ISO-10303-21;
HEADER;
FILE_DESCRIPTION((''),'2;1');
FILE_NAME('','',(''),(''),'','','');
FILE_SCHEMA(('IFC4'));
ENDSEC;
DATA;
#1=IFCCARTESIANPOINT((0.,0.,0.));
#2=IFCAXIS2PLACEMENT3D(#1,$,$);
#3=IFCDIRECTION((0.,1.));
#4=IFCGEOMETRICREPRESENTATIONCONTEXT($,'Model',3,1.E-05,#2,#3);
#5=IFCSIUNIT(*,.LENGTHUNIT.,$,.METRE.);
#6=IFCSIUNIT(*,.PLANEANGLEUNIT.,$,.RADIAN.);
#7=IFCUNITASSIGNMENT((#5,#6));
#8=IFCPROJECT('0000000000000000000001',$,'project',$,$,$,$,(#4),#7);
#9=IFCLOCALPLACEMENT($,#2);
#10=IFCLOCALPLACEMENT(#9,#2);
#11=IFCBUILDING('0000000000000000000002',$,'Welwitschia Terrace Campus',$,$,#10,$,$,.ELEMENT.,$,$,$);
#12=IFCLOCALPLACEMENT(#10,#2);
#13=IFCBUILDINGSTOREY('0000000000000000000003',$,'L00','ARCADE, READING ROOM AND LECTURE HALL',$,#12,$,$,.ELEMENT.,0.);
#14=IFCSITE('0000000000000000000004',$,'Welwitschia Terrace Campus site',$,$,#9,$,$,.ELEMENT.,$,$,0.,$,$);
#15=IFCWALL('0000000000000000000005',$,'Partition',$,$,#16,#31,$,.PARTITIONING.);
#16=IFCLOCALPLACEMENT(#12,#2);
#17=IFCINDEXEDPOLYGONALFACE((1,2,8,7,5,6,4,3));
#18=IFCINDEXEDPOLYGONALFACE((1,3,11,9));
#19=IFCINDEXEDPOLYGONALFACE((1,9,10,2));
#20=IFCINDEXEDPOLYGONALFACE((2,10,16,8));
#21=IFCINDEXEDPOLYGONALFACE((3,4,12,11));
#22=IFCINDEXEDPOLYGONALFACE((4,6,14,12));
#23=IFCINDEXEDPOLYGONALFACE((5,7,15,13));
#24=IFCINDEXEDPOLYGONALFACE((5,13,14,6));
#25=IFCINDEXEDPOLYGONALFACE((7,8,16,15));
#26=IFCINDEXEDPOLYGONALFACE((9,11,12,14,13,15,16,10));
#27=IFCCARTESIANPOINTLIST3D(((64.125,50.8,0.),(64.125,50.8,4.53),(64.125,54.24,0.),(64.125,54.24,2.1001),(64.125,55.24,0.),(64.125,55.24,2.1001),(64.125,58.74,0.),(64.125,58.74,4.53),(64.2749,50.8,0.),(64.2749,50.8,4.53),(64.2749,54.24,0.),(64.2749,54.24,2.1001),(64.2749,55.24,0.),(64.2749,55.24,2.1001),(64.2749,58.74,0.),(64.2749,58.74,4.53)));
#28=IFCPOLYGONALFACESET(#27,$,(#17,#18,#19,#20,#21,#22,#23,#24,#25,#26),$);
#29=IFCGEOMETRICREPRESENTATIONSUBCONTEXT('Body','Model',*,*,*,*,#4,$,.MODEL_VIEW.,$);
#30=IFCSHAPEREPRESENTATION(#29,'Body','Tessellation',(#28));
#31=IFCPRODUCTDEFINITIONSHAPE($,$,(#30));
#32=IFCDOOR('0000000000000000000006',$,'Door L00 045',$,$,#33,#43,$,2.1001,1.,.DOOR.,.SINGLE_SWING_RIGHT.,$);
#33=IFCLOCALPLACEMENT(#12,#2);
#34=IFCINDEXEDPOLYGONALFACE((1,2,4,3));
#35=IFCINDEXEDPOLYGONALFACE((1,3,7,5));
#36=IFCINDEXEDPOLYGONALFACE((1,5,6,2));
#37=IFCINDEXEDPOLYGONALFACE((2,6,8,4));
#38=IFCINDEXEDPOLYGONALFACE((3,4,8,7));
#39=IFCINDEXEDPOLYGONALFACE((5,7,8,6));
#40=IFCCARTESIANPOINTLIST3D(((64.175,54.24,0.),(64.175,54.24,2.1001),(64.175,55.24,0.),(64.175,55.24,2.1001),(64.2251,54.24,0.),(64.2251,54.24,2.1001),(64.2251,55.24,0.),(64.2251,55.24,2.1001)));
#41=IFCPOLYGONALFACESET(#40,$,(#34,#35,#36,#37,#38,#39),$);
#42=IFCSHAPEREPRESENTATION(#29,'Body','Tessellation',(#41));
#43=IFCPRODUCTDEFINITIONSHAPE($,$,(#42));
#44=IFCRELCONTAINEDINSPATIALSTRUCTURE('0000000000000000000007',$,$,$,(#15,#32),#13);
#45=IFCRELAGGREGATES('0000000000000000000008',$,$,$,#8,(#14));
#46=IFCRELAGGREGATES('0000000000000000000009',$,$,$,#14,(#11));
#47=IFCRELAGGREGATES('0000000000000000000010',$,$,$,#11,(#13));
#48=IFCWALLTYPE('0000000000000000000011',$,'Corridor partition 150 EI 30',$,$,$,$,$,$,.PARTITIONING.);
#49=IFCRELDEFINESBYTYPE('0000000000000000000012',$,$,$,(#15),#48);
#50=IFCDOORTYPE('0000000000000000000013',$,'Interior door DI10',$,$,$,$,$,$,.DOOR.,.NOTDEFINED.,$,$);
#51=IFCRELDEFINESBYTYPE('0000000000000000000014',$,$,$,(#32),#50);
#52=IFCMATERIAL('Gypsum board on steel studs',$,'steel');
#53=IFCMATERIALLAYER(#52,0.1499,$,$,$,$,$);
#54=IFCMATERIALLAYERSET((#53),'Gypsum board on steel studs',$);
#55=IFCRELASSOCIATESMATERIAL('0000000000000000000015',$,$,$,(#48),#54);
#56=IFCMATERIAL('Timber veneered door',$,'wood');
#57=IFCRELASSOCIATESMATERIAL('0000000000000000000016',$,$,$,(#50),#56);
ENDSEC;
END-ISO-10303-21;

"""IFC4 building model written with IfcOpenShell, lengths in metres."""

from ifc_helpers import new_model, si_unit, direction, frame, frame_2d, origin, place, context, subcontext, project, spatial, rectangle, extrude, material, layer, layer_set, type_object, element, fill, save


model = new_model("IFC4")

# Units and contexts
model_context = context("Model", 3, precision=1e-05, world=origin(), true_north=direction((0.0, 1.0)))
body_context = subcontext(model_context, "Body", "Model", "MODEL_VIEW")
ifc_project = project(units=[si_unit("LENGTHUNIT", "METRE"), si_unit("PLANEANGLEUNIT", "RADIAN")], contexts=[model_context])

# Site, building, storey
site_placement = place(None, origin())
site = spatial("IfcSite", under=ifc_project, at=site_placement, Name="Welwitschia Terrace Campus site", CompositionType="ELEMENT", RefElevation=0.0)
building_placement = place(site_placement, origin())
building = spatial("IfcBuilding", under=site, at=building_placement, Name="Welwitschia Terrace Campus", CompositionType="ELEMENT")
storey_placement = place(building_placement, origin())
storey = spatial("IfcBuildingStorey", under=building, at=storey_placement, Name="L00", Description="ARCADE, READING ROOM AND LECTURE HALL", CompositionType="ELEMENT", Elevation=0.0)

# Shared definitions
ifc_material_1 = material(Name="Gypsum board on steel studs", Category="steel")
ifc_layer = layer(ifc_material_1, 0.1499)
ifc_layer_set = layer_set([ifc_layer], Name="Gypsum board on steel studs")
wall_type = type_object("IfcWallType", Name="Corridor partition 150 EI 30", PredefinedType="PARTITIONING", material=ifc_layer_set)

# Wall, opening, door
ifc_material_2 = material(Name="Timber veneered door", Category="wood")
door_type_1 = type_object("IfcDoorType", Name="Interior door DI10", OperationType="NOTDEFINED", PredefinedType="DOOR", material=ifc_material_2)
wall_1_placement = place(storey_placement, frame((64.2, 50.8, 0.0), z_axis=(0.0, 0.0, 1.0), x_axis=(0.0, 1.0, 0.0)))
wall_1 = element("IfcWall", 1, at=wall_1_placement, inside=storey, type_object=wall_type, Name="Partition", PredefinedType="PARTITIONING", context=body_context, shape_type="SweptSolid", body=[
    extrude(rectangle(XDim=7.9399, YDim=0.1499, at=frame_2d((3.97, 0.0))), origin(), (0.0, 0.0, 1.0), 4.53),
])
opening_1_placement = place(wall_1_placement, frame((3.4399, 0.0, 0.0)))
opening_1 = element("IfcOpeningElement", 2, at=opening_1_placement, cuts=wall_1, PredefinedType="OPENING", context=body_context, shape_type="SweptSolid", body=[
    extrude(rectangle(XDim=1.0, YDim=2.1001, at=frame_2d((0.5, 1.05))), frame((0.0, 0.085, 0.0), z_axis=(0.0, -1.0, 0.0), x_axis=(1.0, 0.0, 0.0)), (0.0, 0.0, 1.0), 0.1699),
])
door_1_placement = place(opening_1_placement, origin())
door_1 = element("IfcDoor", 3, at=door_1_placement, inside=storey, type_object=door_type_1, Name="Door L00 045", OperationType="SINGLE_SWING_RIGHT", OverallHeight=2.1001, OverallWidth=1.0, PredefinedType="DOOR", context=body_context, shape_type="SweptSolid", body=[
    extrude(rectangle(XDim=1.0, YDim=2.1001, at=frame_2d((0.5, 1.05))), frame((0.0, 0.0249, 0.0), z_axis=(0.0, -1.0, 0.0), x_axis=(1.0, 0.0, 0.0)), (0.0, 0.0, 1.0), 0.05),
])
fill(opening_1, door_1)

save(model, "model.ifc")
